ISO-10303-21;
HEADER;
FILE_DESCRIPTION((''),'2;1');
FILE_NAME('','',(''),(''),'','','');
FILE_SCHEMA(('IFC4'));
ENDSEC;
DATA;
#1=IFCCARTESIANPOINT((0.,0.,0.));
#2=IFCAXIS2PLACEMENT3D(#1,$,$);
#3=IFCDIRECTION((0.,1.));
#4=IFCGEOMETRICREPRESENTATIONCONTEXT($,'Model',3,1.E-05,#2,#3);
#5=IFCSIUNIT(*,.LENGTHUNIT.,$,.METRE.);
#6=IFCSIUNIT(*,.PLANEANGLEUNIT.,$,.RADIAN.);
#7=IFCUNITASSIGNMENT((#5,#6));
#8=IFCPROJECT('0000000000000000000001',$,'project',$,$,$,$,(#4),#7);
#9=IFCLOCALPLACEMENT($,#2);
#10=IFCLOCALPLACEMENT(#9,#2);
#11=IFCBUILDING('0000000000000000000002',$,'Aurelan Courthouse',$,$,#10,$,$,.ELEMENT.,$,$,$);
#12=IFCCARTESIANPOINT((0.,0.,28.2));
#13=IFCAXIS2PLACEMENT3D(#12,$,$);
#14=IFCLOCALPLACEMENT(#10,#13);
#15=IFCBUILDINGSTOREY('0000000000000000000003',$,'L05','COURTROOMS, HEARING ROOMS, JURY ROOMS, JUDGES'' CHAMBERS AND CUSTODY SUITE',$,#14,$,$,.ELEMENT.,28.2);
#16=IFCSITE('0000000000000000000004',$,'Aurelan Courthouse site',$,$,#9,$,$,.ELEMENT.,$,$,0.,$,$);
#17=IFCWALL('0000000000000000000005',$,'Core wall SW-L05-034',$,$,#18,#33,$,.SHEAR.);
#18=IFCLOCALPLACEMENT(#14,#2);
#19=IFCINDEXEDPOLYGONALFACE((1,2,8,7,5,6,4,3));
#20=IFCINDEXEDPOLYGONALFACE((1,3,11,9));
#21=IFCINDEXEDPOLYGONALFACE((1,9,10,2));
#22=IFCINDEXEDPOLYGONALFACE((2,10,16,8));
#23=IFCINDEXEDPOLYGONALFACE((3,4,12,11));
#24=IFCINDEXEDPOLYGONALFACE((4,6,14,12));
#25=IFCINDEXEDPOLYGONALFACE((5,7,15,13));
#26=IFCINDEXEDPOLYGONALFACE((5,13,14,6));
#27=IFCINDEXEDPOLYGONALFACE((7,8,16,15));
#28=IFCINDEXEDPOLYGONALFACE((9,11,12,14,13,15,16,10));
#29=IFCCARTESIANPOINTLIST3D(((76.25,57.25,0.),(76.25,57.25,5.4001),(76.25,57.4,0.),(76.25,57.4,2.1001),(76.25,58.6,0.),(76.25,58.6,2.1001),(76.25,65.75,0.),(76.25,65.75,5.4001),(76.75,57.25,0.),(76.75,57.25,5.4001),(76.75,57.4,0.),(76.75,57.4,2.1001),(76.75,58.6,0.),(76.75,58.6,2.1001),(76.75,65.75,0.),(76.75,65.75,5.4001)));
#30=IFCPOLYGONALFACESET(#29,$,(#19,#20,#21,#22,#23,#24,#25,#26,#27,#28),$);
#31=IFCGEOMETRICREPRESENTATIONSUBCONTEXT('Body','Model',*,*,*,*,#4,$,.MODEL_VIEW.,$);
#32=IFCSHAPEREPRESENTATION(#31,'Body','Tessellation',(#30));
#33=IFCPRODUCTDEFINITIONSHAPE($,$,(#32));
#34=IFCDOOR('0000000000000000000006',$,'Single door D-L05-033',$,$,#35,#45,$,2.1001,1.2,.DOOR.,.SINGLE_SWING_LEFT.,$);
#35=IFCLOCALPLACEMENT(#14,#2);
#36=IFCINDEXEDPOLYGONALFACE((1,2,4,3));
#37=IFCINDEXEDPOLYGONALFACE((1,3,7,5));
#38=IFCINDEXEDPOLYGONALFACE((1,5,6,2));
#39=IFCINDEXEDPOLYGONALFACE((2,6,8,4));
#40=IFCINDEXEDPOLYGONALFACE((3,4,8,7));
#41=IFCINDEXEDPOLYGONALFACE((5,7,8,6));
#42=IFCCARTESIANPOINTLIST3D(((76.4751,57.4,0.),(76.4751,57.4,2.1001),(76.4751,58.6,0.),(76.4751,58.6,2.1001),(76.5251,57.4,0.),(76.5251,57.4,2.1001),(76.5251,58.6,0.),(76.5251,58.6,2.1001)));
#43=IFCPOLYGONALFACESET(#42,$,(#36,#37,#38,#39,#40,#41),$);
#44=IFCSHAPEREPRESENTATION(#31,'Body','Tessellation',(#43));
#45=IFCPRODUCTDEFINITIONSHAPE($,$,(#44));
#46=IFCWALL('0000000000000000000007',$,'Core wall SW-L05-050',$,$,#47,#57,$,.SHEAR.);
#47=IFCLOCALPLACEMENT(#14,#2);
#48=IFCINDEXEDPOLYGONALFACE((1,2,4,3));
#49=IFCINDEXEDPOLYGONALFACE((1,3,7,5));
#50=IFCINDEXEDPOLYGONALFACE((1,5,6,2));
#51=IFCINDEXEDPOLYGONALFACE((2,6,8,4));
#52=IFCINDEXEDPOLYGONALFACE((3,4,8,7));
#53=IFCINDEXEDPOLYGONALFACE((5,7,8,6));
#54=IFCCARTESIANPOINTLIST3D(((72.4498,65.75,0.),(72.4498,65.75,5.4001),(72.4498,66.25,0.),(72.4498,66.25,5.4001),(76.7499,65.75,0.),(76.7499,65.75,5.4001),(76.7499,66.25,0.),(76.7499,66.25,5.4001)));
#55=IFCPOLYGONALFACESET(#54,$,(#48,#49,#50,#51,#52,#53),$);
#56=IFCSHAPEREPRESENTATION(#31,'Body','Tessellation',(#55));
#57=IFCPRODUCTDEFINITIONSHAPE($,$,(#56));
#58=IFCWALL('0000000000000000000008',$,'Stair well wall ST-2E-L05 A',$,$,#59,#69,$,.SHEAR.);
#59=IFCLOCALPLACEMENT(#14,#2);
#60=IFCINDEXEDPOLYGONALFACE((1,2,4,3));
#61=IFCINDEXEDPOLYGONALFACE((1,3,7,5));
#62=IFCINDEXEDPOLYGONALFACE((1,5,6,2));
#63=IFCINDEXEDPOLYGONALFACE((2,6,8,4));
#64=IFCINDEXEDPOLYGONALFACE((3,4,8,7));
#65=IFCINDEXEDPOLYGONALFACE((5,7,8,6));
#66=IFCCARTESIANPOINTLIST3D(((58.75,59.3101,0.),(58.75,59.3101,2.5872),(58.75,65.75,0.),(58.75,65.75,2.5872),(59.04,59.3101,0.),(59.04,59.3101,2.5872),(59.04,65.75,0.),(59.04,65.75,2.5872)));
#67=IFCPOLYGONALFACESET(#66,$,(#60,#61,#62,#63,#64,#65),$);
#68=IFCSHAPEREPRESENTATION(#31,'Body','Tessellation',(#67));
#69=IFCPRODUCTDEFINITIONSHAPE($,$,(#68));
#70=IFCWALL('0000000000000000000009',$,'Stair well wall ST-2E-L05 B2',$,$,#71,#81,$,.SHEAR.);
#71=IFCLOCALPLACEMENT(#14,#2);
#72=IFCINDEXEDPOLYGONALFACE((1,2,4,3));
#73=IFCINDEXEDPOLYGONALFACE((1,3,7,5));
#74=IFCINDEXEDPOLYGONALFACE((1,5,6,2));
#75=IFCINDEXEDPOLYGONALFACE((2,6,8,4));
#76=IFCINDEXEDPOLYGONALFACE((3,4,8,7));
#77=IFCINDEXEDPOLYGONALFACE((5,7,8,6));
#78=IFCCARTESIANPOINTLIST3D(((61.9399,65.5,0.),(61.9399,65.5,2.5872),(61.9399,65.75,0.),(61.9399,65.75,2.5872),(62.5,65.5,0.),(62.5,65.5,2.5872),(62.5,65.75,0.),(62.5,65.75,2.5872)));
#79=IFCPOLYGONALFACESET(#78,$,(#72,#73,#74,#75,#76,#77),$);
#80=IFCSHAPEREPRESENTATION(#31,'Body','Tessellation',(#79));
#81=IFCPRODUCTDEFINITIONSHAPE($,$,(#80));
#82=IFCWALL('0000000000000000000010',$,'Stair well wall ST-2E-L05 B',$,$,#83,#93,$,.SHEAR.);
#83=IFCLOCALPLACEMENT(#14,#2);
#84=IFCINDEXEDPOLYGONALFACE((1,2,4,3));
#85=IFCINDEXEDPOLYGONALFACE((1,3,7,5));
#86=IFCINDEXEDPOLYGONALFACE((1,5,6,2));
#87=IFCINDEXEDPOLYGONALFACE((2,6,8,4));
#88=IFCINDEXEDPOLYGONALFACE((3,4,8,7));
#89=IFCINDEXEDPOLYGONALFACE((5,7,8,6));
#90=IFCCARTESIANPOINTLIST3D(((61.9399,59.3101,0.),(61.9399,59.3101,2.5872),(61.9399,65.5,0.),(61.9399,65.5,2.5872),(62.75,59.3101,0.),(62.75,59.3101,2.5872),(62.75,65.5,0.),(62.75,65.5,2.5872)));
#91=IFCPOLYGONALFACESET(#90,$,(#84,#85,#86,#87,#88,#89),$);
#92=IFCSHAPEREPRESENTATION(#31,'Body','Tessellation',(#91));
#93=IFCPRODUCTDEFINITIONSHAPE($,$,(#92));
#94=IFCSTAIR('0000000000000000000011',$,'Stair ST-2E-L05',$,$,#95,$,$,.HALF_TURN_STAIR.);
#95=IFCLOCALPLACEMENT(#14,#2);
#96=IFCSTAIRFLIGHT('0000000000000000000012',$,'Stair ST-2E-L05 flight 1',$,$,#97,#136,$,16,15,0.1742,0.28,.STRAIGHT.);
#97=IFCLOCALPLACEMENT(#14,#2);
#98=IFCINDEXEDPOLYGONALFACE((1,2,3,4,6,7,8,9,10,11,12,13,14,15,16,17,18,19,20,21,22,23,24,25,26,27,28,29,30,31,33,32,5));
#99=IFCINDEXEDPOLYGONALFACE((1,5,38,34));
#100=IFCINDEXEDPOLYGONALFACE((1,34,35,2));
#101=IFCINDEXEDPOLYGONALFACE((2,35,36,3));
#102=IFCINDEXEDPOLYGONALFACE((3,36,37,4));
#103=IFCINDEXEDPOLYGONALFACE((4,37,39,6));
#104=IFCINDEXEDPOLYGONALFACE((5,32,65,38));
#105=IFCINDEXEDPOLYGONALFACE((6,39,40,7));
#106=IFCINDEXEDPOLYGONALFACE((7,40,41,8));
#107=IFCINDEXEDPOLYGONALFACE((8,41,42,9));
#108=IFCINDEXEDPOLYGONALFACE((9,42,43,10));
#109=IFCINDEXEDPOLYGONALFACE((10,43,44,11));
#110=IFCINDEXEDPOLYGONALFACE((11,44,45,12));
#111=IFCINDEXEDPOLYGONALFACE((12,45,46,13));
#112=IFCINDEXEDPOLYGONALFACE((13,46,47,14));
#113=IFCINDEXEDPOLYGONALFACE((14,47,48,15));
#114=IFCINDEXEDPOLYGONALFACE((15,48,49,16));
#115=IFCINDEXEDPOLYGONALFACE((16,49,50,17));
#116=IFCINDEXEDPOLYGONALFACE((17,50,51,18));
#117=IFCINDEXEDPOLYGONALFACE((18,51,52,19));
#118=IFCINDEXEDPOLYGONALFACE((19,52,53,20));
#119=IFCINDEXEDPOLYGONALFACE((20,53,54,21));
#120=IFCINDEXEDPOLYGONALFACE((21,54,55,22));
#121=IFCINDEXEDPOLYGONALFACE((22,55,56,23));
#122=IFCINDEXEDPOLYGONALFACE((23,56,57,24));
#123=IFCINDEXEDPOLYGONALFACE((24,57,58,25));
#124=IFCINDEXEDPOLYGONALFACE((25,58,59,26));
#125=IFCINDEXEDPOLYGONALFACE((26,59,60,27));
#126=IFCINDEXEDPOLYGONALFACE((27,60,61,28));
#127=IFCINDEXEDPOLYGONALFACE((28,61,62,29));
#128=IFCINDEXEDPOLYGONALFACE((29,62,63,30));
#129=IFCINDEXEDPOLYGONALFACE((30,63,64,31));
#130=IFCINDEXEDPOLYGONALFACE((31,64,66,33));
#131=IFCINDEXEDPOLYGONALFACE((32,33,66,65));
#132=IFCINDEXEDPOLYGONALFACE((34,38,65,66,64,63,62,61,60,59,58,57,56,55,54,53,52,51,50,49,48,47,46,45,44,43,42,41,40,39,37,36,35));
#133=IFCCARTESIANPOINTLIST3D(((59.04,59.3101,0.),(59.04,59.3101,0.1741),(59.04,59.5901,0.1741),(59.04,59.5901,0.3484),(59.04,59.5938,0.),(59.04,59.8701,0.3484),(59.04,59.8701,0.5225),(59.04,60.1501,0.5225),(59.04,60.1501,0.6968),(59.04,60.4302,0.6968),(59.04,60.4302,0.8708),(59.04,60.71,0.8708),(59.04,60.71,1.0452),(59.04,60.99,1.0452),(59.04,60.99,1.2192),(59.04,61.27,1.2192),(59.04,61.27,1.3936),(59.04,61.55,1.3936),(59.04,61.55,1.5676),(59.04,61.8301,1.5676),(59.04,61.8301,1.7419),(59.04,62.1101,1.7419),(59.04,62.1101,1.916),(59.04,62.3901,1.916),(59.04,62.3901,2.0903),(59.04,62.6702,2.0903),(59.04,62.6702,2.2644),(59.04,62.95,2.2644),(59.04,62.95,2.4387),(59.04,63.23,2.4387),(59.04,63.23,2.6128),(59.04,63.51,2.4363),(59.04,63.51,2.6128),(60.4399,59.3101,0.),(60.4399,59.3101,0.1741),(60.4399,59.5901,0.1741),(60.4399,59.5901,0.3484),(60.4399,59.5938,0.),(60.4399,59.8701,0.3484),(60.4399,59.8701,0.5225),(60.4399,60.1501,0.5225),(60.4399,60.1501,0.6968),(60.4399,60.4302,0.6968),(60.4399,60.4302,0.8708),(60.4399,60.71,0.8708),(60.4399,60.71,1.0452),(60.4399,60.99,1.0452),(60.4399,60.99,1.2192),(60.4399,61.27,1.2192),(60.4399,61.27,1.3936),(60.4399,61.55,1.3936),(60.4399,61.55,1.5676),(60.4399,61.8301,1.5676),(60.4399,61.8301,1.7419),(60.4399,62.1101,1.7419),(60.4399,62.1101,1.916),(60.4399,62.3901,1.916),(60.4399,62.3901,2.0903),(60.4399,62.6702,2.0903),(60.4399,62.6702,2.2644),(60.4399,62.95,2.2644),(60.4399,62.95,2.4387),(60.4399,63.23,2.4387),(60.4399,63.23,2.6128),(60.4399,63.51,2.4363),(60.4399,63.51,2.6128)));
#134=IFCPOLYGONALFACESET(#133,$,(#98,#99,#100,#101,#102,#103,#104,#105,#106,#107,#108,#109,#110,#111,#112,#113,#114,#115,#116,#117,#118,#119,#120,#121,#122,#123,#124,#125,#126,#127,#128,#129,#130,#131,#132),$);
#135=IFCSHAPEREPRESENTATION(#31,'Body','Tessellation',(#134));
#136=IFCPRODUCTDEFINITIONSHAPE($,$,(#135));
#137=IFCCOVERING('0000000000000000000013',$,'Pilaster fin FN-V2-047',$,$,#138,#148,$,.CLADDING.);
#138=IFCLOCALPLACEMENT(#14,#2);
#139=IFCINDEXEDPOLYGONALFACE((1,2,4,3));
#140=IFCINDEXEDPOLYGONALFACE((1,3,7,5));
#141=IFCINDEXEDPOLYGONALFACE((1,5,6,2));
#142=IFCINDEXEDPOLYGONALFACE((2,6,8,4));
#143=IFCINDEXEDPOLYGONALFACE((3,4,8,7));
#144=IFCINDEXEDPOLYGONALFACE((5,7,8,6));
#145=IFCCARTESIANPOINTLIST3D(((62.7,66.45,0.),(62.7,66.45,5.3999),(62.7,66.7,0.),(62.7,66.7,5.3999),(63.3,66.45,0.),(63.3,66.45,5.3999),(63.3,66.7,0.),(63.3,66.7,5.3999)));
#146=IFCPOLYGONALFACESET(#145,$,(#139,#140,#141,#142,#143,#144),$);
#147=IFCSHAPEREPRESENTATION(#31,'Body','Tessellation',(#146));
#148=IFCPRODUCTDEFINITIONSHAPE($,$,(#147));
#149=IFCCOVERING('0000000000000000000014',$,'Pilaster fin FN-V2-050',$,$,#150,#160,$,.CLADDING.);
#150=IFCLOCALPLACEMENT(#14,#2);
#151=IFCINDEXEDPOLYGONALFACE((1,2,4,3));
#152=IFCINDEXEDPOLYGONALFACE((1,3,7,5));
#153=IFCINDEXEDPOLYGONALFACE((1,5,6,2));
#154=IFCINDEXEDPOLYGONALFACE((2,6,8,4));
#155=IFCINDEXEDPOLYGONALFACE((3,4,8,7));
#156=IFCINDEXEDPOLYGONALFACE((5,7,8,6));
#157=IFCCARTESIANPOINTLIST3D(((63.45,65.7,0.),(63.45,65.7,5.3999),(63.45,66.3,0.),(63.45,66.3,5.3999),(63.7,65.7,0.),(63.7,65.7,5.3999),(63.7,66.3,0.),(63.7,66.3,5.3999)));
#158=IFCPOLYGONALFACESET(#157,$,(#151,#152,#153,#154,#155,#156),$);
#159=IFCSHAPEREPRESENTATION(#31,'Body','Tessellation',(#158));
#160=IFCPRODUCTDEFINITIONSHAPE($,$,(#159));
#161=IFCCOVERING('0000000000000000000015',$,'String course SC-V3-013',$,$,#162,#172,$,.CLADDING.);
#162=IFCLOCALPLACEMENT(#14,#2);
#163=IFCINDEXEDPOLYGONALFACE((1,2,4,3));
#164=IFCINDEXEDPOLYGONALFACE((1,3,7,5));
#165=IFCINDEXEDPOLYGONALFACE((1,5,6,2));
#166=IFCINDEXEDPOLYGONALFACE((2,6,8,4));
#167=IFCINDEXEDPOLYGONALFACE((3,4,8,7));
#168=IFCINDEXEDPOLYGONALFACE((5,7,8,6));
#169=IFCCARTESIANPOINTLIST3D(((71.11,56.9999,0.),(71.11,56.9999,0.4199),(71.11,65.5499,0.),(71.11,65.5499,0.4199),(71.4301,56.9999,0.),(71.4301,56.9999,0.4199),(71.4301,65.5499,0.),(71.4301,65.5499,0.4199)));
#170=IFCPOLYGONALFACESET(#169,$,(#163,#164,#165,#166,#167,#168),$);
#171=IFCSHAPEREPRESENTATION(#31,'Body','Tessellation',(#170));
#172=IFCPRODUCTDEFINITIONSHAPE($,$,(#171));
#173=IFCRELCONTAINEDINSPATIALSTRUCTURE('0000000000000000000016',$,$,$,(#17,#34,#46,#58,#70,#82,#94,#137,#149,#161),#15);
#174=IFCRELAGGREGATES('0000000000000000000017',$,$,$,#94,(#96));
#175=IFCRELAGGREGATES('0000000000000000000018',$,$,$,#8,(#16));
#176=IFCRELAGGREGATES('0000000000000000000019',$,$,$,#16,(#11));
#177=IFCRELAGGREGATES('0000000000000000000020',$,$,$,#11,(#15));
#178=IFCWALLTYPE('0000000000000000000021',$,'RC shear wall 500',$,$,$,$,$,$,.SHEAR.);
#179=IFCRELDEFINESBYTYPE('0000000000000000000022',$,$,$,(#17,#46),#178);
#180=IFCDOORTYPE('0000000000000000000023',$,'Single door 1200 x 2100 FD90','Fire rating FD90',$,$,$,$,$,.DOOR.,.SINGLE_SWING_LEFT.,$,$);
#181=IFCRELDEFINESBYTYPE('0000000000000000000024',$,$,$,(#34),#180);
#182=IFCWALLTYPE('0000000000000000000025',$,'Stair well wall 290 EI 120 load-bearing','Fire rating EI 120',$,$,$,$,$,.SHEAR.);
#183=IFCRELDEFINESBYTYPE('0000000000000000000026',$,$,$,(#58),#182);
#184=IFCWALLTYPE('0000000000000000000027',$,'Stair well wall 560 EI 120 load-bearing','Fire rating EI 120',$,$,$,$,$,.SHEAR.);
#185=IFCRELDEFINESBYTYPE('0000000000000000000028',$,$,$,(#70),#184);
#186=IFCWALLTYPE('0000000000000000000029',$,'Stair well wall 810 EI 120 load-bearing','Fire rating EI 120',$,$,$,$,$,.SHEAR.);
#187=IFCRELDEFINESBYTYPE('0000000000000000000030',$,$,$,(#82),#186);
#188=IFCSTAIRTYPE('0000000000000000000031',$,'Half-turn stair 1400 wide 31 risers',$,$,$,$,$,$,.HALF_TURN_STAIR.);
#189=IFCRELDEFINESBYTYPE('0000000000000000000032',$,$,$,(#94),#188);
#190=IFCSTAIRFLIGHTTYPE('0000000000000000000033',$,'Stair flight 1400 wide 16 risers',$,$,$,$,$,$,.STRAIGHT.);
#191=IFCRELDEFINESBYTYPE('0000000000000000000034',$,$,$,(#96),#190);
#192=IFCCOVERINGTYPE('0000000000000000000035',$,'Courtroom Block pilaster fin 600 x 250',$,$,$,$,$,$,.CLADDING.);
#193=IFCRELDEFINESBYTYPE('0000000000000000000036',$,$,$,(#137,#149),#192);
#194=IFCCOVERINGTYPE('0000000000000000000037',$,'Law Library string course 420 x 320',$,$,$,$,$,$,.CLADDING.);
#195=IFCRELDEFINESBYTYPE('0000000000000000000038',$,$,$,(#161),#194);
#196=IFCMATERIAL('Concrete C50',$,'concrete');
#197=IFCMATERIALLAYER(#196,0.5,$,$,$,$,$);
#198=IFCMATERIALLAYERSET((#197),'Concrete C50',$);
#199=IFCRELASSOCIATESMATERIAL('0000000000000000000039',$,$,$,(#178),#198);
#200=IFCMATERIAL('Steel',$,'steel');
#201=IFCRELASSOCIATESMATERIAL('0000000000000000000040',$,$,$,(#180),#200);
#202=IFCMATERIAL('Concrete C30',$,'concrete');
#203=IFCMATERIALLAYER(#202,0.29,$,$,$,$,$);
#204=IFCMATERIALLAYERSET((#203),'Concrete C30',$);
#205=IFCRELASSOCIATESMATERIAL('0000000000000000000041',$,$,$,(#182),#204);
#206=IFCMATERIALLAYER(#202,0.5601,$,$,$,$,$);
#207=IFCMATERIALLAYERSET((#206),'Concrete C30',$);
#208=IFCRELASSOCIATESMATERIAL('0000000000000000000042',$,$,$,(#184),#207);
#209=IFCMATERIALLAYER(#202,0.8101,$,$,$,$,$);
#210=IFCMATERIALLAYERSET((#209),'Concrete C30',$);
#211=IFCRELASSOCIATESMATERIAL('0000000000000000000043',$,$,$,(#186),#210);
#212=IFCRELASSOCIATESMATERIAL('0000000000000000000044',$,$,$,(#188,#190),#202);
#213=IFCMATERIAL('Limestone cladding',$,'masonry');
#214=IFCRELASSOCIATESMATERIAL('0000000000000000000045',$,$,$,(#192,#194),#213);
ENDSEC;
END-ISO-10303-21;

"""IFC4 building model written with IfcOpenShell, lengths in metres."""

from ifc_helpers import new_model, si_unit, direction, frame, frame_2d, origin, origin_2d, place, context, subcontext, project, spatial, polyline, rectangle, outline, extrude, material, layer, layer_set, type_object, element, fill, aggregate, save


model = new_model("IFC4")

# Units and contexts
model_context = context("Model", 3, precision=1e-05, world=origin(), true_north=direction((0.0, 1.0)))
body_context = subcontext(model_context, "Body", "Model", "MODEL_VIEW")
ifc_project = project(units=[si_unit("LENGTHUNIT", "METRE"), si_unit("PLANEANGLEUNIT", "RADIAN")], contexts=[model_context])

# Site, building, storey
site_placement = place(None, origin())
site = spatial("IfcSite", under=ifc_project, at=site_placement, Name="Aurelan Courthouse site", CompositionType="ELEMENT", RefElevation=0.0)
building_placement = place(site_placement, origin())
building = spatial("IfcBuilding", under=site, at=building_placement, Name="Aurelan Courthouse", CompositionType="ELEMENT")
storey_placement = place(building_placement, frame((0.0, 0.0, 28.2)))
storey = spatial("IfcBuildingStorey", under=building, at=storey_placement, Name="L05", Description="COURTROOMS, HEARING ROOMS, JURY ROOMS, JUDGES' CHAMBERS AND CUSTODY SUITE", CompositionType="ELEMENT", Elevation=28.2)

# Shared definitions
ifc_material_1 = material(Name="Concrete C50", Category="concrete")

# Shared definitions
ifc_material_2 = material(Name="Limestone cladding", Category="masonry")
ifc_material_3 = material(Name="Concrete C30", Category="concrete")

# Shared definitions
ifc_material_4 = material(Name="Steel", Category="steel")

# Shared definitions
ifc_layer_1 = layer(ifc_material_1, 0.5)
ifc_layer_set_1 = layer_set([ifc_layer_1], Name="Concrete C50")
wall_type_1 = type_object("IfcWallType", Name="RC shear wall 500", PredefinedType="SHEAR", material=ifc_layer_set_1)

# Shared definitions
door_type_1 = type_object("IfcDoorType", Name="Single door 1200 x 2100 FD90", Description="Fire rating FD90", OperationType="SINGLE_SWING_LEFT", PredefinedType="DOOR", material=ifc_material_4)

# Wall, opening, door
wall_1_placement = place(storey_placement, frame((76.5, 57.25, 0.0), z_axis=(0.0, 0.0, 1.0), x_axis=(0.0, 1.0, 0.0)))
wall_1 = element("IfcWall", 1, at=wall_1_placement, inside=storey, type_object=wall_type_1, Name="Core wall SW-L05-034", PredefinedType="SHEAR", context=body_context, shape_type="SweptSolid", body=[
    extrude(rectangle(XDim=8.5, YDim=0.5, at=frame_2d((4.25, 0.0))), origin(), (0.0, 0.0, 1.0), 5.4001),
])
opening_1_placement = place(wall_1_placement, frame((0.1499, 0.0, 0.0)))
opening_1 = element("IfcOpeningElement", 2, at=opening_1_placement, cuts=wall_1, PredefinedType="OPENING", context=body_context, shape_type="SweptSolid", body=[
    extrude(rectangle(XDim=1.2, YDim=2.1001, at=frame_2d((0.6001, 1.05))), frame((0.0, 0.26, 0.0), z_axis=(0.0, -1.0, 0.0), x_axis=(1.0, 0.0, 0.0)), (0.0, 0.0, 1.0), 0.52),
])
door_1_placement = place(opening_1_placement, origin())
door_1 = element("IfcDoor", 3, at=door_1_placement, inside=storey, type_object=door_type_1, Name="Single door D-L05-033", OperationType="SINGLE_SWING_LEFT", OverallHeight=2.1001, OverallWidth=1.2, PredefinedType="DOOR", context=body_context, shape_type="SweptSolid", body=[
    extrude(rectangle(XDim=1.2, YDim=2.1001, at=frame_2d((0.6001, 1.05))), frame((0.0, 0.0249, 0.0), z_axis=(0.0, -1.0, 0.0), x_axis=(1.0, 0.0, 0.0)), (0.0, 0.0, 1.0), 0.05),
])
fill(opening_1, door_1)

# Walls
wall_2_placement = place(storey_placement, frame((72.45, 66.0, 0.0), z_axis=(0.0, 0.0, 1.0), x_axis=(1.0, 0.0, 0.0)))
element("IfcWall", 4, at=wall_2_placement, inside=storey, type_object=wall_type_1, Name="Core wall SW-L05-050", PredefinedType="SHEAR", context=body_context, shape_type="SweptSolid", body=[
    extrude(rectangle(XDim=4.3, YDim=0.5, at=frame_2d((2.1499, 0.0))), origin(), (0.0, 0.0, 1.0), 5.4001),
])
ifc_layer_2 = layer(ifc_material_3, 0.29)
ifc_layer_set_2 = layer_set([ifc_layer_2], Name="Concrete C30")
wall_type_2 = type_object("IfcWallType", Name="Stair well wall 290 EI 120 load-bearing", Description="Fire rating EI 120", PredefinedType="SHEAR", material=ifc_layer_set_2)
wall_3_placement = place(storey_placement, frame((58.895, 59.3101, 0.0), z_axis=(0.0, 0.0, 1.0), x_axis=(0.0, 1.0, 0.0)))
element("IfcWall", 5, at=wall_3_placement, inside=storey, type_object=wall_type_2, Name="Stair well wall ST-2E-L05 A", PredefinedType="SHEAR", context=body_context, shape_type="SweptSolid", body=[
    extrude(rectangle(XDim=6.4399, YDim=0.29, at=frame_2d((3.22, 0.0))), origin(), (0.0, 0.0, 1.0), 2.5872),
])
ifc_layer_3 = layer(ifc_material_3, 0.5601)
ifc_layer_set_3 = layer_set([ifc_layer_3], Name="Concrete C30")
wall_type_3 = type_object("IfcWallType", Name="Stair well wall 560 EI 120 load-bearing", Description="Fire rating EI 120", PredefinedType="SHEAR", material=ifc_layer_set_3)
wall_4_placement = place(storey_placement, frame((62.22, 65.5, 0.0), z_axis=(0.0, 0.0, 1.0), x_axis=(0.0, 1.0, 0.0)))
element("IfcWall", 6, at=wall_4_placement, inside=storey, type_object=wall_type_3, Name="Stair well wall ST-2E-L05 B2", PredefinedType="SHEAR", context=body_context, shape_type="SweptSolid", body=[
    extrude(rectangle(XDim=0.25, YDim=0.5601, at=frame_2d((0.125, 0.0))), origin(), (0.0, 0.0, 1.0), 2.5872),
])
ifc_layer_4 = layer(ifc_material_3, 0.8101)
ifc_layer_set_4 = layer_set([ifc_layer_4], Name="Concrete C30")
wall_type_4 = type_object("IfcWallType", Name="Stair well wall 810 EI 120 load-bearing", Description="Fire rating EI 120", PredefinedType="SHEAR", material=ifc_layer_set_4)
wall_5_placement = place(storey_placement, frame((62.345, 59.3101, 0.0), z_axis=(0.0, 0.0, 1.0), x_axis=(0.0, 1.0, 0.0)))
element("IfcWall", 7, at=wall_5_placement, inside=storey, type_object=wall_type_4, Name="Stair well wall ST-2E-L05 B", PredefinedType="SHEAR", context=body_context, shape_type="SweptSolid", body=[
    extrude(rectangle(XDim=6.1899, YDim=0.8101, at=frame_2d((3.095, 0.0))), origin(), (0.0, 0.0, 1.0), 2.5872),
])

# Stair, stair flight
stair_type = type_object("IfcStairType", Name="Half-turn stair 1400 wide 31 risers", PredefinedType="HALF_TURN_STAIR", material=ifc_material_3)
stair_placement = place(storey_placement, origin())
stair = element("IfcStair", 8, at=stair_placement, inside=storey, type_object=stair_type, Name="Stair ST-2E-L05", PredefinedType="HALF_TURN_STAIR")
stair_flight_type = type_object("IfcStairFlightType", Name="Stair flight 1400 wide 16 risers", PredefinedType="STRAIGHT", material=ifc_material_3)
stair_flight_placement = place(storey_placement, frame((59.74, 59.3101, 0.0), z_axis=(0.0, 0.0, 1.0), x_axis=(0.0, 1.0, 0.0)))
stair_flight = element("IfcStairFlight", 9, at=stair_flight_placement, type_object=stair_flight_type, Name="Stair ST-2E-L05 flight 1", NumberOfRisers=16, NumberOfTreads=15, PredefinedType="STRAIGHT", RiserHeight=0.1742, TreadLength=0.28, context=body_context, shape_type="SweptSolid", body=[
    extrude(outline(polyline([(0.0, 0.0), (0.0, 0.1741), (0.28, 0.1741), (0.28, 0.3484), (0.5601, 0.3484), (0.5601, 0.5225), (0.8401, 0.5225), (0.8401, 0.6968), (1.1201, 0.6968), (1.1201, 0.8708), (1.3999, 0.8708), (1.3999, 1.0452), (1.6799, 1.0452), (1.6799, 1.2192), (1.96, 1.2192), (1.96, 1.3936), (2.24, 1.3936), (2.24, 1.5676), (2.52, 1.5676), (2.52, 1.7419), (2.8, 1.7419), (2.8, 1.916), (3.0801, 1.916), (3.0801, 2.0903), (3.3601, 2.0903), (3.3601, 2.2644), (3.6399, 2.2644), (3.6399, 2.4387), (3.9199, 2.4387), (3.9199, 2.6128), (4.2, 2.6128), (4.2, 2.7871), (4.2, 2.4363), (0.2837, 0.0), (0.0, 0.0)])), frame((0.0, 0.7, 0.0), z_axis=(0.0, -1.0, 0.0), x_axis=(1.0, 0.0, 0.0)), (0.0, 0.0, 1.0), 1.3999),
])
aggregate(stair, [stair_flight])

# Coverings
covering_type_1 = type_object("IfcCoveringType", Name="Courtroom Block pilaster fin 600 x 250", PredefinedType="CLADDING", material=ifc_material_2)
covering_1_placement = place(storey_placement, frame((63.0, 66.575, 0.0), z_axis=(0.0, 0.0, 1.0), x_axis=(1.0, 0.0, 0.0)))
element("IfcCovering", 10, at=covering_1_placement, inside=storey, type_object=covering_type_1, Name="Pilaster fin FN-V2-047", PredefinedType="CLADDING", context=body_context, shape_type="SweptSolid", body=[
    extrude(rectangle(XDim=0.6001, YDim=0.25, at=origin_2d()), origin(), (0.0, 0.0, 1.0), 5.3999),
])
covering_2_placement = place(storey_placement, frame((63.575, 66.0, 0.0), z_axis=(0.0, 0.0, 1.0), x_axis=(1.0, 0.0, 0.0)))
element("IfcCovering", 11, at=covering_2_placement, inside=storey, type_object=covering_type_1, Name="Pilaster fin FN-V2-050", PredefinedType="CLADDING", context=body_context, shape_type="SweptSolid", body=[
    extrude(rectangle(XDim=0.25, YDim=0.6001, at=origin_2d()), origin(), (0.0, 0.0, 1.0), 5.3999),
])
covering_type_2 = type_object("IfcCoveringType", Name="Law Library string course 420 x 320", PredefinedType="CLADDING", material=ifc_material_2)
covering_3_placement = place(storey_placement, frame((71.27, 61.2749, 0.0), z_axis=(0.0, 0.0, 1.0), x_axis=(1.0, 0.0, 0.0)))
element("IfcCovering", 12, at=covering_3_placement, inside=storey, type_object=covering_type_2, Name="String course SC-V3-013", PredefinedType="CLADDING", context=body_context, shape_type="SweptSolid", body=[
    extrude(rectangle(XDim=0.3201, YDim=8.55, at=origin_2d()), origin(), (0.0, 0.0, 1.0), 0.4199),
])

save(model, "model.ifc")
